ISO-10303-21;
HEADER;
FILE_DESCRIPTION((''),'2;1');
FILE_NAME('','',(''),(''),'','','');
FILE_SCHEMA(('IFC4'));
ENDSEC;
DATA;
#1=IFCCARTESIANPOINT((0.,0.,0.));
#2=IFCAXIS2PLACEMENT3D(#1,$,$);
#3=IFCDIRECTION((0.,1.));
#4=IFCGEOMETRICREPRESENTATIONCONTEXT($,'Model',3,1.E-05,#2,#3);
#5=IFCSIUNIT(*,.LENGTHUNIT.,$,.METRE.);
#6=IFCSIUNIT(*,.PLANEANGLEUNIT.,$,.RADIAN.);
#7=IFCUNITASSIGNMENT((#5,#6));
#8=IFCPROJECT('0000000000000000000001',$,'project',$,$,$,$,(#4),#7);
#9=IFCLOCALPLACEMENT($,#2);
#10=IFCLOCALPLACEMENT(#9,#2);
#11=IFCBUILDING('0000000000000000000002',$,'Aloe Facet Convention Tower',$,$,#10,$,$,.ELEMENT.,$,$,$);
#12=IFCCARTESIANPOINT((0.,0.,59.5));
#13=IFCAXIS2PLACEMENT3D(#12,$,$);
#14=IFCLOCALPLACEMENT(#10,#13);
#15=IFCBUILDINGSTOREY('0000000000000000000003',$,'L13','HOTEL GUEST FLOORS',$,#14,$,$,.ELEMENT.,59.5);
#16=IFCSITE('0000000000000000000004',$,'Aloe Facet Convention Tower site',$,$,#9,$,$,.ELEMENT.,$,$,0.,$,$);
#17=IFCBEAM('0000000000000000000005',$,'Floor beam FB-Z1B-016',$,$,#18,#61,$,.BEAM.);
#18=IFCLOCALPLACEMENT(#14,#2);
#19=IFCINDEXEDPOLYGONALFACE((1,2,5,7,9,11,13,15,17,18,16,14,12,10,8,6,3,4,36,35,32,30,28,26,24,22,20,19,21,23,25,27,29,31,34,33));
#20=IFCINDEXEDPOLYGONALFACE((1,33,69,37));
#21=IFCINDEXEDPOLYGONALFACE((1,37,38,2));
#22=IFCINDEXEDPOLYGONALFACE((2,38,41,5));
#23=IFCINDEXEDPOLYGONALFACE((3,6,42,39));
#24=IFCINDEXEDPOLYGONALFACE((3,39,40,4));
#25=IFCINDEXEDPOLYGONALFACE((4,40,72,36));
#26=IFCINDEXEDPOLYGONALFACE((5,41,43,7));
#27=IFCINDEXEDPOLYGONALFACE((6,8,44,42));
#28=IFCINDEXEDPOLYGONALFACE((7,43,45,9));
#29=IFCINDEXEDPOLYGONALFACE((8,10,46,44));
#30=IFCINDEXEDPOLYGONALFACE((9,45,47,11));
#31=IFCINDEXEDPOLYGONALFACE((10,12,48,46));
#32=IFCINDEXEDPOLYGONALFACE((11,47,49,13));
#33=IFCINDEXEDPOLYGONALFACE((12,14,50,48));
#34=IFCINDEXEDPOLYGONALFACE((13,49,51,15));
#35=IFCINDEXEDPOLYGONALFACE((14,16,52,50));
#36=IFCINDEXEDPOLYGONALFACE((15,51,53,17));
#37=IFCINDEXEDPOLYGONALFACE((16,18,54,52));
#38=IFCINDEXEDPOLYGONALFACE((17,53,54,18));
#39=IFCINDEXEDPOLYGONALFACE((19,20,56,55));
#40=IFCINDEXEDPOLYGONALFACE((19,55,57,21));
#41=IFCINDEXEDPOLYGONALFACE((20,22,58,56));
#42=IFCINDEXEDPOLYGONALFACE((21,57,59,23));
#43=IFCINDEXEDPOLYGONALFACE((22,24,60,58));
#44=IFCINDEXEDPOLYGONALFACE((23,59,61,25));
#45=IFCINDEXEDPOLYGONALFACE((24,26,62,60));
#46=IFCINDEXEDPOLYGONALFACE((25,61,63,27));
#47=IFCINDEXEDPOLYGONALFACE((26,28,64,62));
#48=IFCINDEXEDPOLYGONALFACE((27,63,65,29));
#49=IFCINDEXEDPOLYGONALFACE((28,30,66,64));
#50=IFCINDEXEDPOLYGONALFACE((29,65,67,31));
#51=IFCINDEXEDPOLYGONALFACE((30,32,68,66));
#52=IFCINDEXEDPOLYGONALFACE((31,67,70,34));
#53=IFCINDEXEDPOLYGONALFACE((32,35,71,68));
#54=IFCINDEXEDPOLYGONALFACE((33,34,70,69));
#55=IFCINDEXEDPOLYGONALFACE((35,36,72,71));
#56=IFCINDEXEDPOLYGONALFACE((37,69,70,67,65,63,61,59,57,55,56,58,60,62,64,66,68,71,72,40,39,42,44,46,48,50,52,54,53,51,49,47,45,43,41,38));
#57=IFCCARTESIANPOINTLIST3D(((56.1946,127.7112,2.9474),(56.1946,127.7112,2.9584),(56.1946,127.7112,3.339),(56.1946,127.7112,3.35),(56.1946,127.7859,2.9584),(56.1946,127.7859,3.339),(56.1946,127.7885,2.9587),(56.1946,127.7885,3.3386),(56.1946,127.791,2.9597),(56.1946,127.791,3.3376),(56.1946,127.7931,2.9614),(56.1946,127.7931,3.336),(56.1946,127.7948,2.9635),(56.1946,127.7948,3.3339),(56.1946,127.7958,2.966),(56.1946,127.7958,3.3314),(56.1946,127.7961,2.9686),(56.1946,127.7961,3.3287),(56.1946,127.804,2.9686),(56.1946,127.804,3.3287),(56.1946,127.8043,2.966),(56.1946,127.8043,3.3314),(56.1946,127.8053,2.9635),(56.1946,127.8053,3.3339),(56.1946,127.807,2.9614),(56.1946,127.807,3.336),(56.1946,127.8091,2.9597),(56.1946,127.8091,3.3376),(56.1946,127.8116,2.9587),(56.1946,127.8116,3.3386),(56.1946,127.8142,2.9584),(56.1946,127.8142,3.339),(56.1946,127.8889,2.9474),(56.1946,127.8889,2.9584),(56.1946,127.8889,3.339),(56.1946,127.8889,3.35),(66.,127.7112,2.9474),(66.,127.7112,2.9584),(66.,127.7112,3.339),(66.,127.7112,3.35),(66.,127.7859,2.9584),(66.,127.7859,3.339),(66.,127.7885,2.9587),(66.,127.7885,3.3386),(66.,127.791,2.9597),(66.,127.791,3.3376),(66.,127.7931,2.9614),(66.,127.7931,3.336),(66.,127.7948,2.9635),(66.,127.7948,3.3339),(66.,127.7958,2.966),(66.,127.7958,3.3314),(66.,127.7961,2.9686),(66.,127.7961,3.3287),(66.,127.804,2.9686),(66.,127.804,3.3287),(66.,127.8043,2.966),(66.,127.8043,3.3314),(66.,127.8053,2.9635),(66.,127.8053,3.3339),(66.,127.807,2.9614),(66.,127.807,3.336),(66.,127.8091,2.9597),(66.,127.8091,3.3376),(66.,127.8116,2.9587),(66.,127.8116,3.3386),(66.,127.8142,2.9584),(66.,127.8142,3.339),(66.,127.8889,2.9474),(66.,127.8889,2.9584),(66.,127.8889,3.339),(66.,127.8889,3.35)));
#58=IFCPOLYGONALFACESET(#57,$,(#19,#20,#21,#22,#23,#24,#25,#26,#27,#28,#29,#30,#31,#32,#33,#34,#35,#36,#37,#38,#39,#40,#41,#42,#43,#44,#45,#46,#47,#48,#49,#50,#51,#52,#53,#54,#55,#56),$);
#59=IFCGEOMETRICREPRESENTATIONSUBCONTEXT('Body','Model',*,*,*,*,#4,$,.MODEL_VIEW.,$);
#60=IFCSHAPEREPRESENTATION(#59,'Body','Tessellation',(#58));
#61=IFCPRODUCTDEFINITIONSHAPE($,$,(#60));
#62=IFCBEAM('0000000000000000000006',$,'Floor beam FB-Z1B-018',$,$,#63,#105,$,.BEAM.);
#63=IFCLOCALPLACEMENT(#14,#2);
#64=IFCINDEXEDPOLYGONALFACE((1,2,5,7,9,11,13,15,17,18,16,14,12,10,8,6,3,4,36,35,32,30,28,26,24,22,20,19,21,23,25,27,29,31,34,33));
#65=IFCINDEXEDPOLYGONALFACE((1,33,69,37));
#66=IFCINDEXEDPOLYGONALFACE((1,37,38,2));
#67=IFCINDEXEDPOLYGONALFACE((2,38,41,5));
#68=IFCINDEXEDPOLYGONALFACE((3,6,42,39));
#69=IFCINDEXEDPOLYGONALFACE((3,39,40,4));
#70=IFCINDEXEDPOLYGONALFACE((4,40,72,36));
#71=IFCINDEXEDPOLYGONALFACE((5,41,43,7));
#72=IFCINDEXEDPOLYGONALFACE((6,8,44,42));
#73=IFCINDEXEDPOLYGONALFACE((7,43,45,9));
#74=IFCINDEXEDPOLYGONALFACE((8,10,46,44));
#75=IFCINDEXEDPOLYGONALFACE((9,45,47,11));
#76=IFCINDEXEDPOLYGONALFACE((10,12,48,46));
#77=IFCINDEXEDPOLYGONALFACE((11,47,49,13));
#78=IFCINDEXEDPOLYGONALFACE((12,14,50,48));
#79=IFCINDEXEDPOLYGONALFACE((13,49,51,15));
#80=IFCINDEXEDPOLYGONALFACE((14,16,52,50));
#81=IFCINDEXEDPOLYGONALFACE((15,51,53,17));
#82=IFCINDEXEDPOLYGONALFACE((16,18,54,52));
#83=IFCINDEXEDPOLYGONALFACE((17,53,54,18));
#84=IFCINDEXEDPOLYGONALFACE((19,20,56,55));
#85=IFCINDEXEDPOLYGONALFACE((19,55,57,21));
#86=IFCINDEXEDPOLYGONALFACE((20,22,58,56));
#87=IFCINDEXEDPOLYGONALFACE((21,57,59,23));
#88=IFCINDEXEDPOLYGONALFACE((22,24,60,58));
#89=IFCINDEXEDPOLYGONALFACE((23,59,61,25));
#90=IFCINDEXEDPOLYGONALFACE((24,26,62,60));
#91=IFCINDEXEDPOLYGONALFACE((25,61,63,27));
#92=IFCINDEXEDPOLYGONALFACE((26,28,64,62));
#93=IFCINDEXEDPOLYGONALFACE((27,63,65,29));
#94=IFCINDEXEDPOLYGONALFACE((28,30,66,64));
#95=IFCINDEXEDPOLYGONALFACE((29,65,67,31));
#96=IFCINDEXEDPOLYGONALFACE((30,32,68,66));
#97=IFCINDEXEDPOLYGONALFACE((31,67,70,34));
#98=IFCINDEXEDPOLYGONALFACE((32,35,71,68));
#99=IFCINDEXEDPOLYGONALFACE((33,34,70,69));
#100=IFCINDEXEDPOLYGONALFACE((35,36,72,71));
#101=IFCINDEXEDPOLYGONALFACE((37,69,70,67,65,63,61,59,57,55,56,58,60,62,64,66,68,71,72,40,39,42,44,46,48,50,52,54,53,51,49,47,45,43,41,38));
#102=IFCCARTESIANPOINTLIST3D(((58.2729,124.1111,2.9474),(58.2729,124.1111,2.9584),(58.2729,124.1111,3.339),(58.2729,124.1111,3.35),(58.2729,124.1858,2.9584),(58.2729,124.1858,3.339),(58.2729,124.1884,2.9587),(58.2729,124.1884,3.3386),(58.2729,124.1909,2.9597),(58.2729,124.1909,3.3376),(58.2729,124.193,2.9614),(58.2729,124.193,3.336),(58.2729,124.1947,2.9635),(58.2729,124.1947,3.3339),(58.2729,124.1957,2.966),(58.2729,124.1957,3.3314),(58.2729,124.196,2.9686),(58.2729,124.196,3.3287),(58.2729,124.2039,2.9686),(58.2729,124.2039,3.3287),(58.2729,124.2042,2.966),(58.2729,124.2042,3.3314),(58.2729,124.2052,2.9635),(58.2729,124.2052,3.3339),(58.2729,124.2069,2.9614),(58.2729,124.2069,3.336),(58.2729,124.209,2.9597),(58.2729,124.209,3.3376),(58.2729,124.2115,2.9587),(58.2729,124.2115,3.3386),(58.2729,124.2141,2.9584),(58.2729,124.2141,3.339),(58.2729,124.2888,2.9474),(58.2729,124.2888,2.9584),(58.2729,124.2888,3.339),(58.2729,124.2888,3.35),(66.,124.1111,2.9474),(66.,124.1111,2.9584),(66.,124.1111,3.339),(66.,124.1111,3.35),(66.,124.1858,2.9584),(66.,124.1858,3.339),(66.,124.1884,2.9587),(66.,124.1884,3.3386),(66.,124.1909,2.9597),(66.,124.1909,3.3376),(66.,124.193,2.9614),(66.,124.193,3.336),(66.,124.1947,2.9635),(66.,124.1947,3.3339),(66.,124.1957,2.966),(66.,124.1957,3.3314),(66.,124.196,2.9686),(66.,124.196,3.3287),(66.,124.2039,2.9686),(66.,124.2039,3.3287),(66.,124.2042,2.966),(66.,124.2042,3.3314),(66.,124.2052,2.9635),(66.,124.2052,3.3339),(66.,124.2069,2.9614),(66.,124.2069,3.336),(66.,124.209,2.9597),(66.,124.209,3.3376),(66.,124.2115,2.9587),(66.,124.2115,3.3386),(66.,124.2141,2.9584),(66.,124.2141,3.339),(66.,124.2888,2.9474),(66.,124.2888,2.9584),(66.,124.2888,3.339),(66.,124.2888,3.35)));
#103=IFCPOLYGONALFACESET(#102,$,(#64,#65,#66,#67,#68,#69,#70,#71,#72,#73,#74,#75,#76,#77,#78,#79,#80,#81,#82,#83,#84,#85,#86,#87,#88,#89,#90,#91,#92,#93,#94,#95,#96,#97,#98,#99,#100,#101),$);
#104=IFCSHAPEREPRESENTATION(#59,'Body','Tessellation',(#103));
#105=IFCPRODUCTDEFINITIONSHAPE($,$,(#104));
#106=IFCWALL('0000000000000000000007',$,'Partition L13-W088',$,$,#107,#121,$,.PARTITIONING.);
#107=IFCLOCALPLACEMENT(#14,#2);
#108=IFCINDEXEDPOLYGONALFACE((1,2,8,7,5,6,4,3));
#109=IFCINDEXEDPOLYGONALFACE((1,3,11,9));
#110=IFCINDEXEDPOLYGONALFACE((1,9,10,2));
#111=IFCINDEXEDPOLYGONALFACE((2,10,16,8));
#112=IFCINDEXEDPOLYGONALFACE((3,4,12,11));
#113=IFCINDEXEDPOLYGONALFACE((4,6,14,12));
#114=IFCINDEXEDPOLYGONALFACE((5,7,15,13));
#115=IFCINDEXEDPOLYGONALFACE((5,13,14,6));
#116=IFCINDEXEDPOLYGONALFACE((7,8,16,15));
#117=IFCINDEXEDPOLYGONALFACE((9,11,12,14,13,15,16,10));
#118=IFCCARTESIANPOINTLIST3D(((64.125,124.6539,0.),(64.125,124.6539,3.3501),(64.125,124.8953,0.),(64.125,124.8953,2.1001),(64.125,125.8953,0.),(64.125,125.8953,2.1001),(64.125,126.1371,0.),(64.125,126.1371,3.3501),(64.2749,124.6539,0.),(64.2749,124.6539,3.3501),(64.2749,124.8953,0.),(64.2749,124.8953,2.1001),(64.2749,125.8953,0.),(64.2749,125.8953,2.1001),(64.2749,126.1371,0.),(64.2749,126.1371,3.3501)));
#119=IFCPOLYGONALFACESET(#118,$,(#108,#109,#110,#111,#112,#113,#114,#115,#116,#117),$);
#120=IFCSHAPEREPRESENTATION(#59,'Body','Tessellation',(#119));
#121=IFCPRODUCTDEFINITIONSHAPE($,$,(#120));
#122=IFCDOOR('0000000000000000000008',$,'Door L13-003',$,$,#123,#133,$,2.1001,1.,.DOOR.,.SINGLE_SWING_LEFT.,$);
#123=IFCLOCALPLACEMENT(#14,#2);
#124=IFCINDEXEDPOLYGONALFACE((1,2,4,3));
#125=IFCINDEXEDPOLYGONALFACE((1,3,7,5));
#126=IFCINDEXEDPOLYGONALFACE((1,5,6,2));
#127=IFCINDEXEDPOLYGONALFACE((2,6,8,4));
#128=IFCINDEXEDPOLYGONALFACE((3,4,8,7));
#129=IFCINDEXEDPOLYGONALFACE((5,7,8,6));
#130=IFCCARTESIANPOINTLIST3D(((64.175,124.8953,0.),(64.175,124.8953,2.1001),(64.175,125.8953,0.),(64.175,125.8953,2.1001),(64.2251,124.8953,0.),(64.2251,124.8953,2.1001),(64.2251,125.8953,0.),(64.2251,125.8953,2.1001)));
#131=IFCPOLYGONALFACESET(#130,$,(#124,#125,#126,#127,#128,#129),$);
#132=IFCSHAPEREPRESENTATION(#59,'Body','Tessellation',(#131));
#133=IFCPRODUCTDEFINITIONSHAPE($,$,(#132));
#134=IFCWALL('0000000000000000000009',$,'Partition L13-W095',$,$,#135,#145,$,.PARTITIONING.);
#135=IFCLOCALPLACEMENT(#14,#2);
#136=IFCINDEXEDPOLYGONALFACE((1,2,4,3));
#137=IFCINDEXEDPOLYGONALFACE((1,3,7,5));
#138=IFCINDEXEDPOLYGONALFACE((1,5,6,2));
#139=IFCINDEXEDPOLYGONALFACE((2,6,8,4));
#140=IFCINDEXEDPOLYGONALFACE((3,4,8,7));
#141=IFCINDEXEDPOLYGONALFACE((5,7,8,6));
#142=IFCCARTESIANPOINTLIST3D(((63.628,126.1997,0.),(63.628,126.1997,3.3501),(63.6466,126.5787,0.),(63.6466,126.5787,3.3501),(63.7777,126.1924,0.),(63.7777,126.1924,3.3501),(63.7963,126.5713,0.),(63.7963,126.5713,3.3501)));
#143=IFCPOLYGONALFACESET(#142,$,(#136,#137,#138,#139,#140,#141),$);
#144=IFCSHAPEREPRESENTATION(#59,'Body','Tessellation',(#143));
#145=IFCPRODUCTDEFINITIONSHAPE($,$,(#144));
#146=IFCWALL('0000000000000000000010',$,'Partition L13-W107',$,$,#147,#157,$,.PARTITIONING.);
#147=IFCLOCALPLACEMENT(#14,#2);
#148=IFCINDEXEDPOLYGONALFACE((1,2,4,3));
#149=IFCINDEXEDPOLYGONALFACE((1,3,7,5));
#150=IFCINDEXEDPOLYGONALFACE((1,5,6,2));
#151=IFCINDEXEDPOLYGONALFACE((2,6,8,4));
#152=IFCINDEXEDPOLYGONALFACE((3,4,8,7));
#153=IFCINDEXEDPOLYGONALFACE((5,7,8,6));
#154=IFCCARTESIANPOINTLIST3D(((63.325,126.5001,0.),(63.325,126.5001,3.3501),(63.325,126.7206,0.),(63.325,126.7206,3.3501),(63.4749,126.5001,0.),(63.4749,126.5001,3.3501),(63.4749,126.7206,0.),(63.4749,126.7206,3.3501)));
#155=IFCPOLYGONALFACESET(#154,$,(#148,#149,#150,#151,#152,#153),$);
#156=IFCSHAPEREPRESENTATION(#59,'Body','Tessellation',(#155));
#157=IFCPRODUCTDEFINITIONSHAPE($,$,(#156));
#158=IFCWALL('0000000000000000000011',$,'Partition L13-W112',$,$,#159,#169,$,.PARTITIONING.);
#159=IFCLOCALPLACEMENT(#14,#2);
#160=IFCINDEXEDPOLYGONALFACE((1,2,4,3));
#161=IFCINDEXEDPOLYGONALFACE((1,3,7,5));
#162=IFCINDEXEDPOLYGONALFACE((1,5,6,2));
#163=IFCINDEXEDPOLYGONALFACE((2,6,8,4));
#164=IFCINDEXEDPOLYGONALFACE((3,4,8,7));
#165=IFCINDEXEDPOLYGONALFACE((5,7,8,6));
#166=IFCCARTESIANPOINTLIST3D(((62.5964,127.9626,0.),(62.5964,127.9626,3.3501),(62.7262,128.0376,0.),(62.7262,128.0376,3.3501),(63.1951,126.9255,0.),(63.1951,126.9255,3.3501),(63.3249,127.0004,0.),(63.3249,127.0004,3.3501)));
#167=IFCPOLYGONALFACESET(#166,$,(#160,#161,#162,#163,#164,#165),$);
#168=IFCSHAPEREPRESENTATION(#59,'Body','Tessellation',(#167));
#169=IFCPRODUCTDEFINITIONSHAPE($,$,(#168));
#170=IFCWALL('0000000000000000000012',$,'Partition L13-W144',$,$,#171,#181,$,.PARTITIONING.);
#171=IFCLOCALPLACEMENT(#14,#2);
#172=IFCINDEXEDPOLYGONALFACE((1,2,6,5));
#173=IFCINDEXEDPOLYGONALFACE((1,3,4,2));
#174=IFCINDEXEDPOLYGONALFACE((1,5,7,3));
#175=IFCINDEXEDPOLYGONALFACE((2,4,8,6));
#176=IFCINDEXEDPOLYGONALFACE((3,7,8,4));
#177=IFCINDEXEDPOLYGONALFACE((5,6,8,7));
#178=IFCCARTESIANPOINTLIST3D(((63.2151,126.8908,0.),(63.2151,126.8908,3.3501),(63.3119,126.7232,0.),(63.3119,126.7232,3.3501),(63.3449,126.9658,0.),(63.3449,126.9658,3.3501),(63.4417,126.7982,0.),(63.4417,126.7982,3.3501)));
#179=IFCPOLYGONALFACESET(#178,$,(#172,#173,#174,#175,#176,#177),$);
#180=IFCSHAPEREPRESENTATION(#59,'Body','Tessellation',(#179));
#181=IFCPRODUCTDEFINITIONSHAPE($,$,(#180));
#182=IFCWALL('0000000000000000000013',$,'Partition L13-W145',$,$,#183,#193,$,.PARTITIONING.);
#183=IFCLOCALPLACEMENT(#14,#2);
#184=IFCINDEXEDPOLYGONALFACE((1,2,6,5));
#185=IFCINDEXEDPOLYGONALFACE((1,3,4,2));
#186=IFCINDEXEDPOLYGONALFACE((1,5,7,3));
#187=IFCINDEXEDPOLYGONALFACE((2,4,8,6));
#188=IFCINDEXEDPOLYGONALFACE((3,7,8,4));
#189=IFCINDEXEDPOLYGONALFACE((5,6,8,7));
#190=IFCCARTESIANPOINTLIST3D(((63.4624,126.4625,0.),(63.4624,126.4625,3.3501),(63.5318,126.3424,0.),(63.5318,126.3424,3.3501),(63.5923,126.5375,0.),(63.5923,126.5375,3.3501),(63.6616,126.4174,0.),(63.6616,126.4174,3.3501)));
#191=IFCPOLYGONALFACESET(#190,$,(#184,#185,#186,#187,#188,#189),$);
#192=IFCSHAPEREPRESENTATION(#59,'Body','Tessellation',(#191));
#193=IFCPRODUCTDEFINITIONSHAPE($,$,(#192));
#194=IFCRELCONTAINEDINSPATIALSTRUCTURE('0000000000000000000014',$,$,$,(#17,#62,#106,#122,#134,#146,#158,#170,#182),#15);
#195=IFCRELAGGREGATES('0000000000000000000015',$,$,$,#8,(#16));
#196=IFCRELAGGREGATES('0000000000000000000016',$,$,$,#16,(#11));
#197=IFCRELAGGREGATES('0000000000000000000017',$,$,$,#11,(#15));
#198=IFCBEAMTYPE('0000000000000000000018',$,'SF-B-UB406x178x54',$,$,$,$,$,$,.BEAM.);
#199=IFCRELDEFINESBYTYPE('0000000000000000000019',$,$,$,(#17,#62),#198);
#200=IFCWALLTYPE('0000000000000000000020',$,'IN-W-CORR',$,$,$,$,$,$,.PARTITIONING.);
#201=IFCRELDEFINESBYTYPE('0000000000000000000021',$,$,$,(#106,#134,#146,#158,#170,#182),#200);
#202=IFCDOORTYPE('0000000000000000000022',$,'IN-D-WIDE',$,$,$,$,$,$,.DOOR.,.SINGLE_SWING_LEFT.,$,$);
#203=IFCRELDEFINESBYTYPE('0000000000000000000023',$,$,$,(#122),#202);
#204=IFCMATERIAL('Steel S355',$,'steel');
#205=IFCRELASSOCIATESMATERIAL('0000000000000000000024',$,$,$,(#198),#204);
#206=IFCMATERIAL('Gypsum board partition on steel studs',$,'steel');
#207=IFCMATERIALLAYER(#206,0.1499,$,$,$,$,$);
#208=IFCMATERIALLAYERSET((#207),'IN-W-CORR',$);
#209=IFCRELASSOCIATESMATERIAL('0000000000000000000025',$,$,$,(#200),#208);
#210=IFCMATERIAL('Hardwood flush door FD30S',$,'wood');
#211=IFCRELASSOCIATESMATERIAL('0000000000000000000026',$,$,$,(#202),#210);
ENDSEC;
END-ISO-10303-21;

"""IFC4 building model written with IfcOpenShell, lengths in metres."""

from ifc_helpers import new_model, si_unit, direction, frame, frame_2d, origin, origin_2d, place, context, subcontext, project, spatial, rectangle, i_section, extrude, material, layer, layer_set, material_profile, profile_set, type_object, element, fill, save


model = new_model("IFC4")

# Units and contexts
model_context = context("Model", 3, precision=1e-05, world=origin(), true_north=direction((0.0, 1.0)))
body_context = subcontext(model_context, "Body", "Model", "MODEL_VIEW")
ifc_project = project(units=[si_unit("LENGTHUNIT", "METRE"), si_unit("PLANEANGLEUNIT", "RADIAN")], contexts=[model_context])

# Site, building, storey
site_placement = place(None, origin())
site = spatial("IfcSite", under=ifc_project, at=site_placement, Name="Aloe Facet Convention Tower site", CompositionType="ELEMENT", RefElevation=0.0)
building_placement = place(site_placement, origin())
building = spatial("IfcBuilding", under=site, at=building_placement, Name="Aloe Facet Convention Tower", CompositionType="ELEMENT")
storey_placement = place(building_placement, frame((0.0, 0.0, 59.5)))
storey = spatial("IfcBuildingStorey", under=building, at=storey_placement, Name="L13", Description="HOTEL GUEST FLOORS", CompositionType="ELEMENT", Elevation=59.5)

# Beams
ifc_material_1 = material(Name="Steel S355", Category="steel")
ifc_material_profile = material_profile(ifc_material_1, i_section(OverallWidth=0.1777, OverallDepth=0.4026, WebThickness=0.0078, FlangeThickness=0.011, FilletRadius=0.0103, at=origin_2d()), Name="UB 406x178x54")
ifc_profile_set = profile_set([ifc_material_profile], Name="Steel S355")
beam_type = type_object("IfcBeamType", Name="SF-B-UB406x178x54", PredefinedType="BEAM", material=ifc_profile_set)
beam_1_placement = place(storey_placement, frame((56.1946, 127.8, 3.1487), z_axis=(1.0, 0.0, 0.0), x_axis=(0.0, 1.0, 0.0)))
element("IfcBeam", 1, at=beam_1_placement, inside=storey, type_object=beam_type, Name="Floor beam FB-Z1B-016", PredefinedType="BEAM", context=body_context, shape_type="SweptSolid", body=[
    extrude(i_section(OverallWidth=0.1777, OverallDepth=0.4026, WebThickness=0.0078, FlangeThickness=0.011, FilletRadius=0.0103, at=origin_2d()), origin(), (0.0, 0.0, 1.0), 9.8054),
])
beam_2_placement = place(storey_placement, frame((58.2729, 124.2, 3.1487), z_axis=(1.0, 0.0, 0.0), x_axis=(0.0, 1.0, 0.0)))
element("IfcBeam", 2, at=beam_2_placement, inside=storey, type_object=beam_type, Name="Floor beam FB-Z1B-018", PredefinedType="BEAM", context=body_context, shape_type="SweptSolid", body=[
    extrude(i_section(OverallWidth=0.1777, OverallDepth=0.4026, WebThickness=0.0078, FlangeThickness=0.011, FilletRadius=0.0103, at=origin_2d()), origin(), (0.0, 0.0, 1.0), 7.7271),
])

# Wall, opening, door
ifc_material_2 = material(Name="Gypsum board partition on steel studs", Category="steel")
ifc_layer_1 = layer(ifc_material_2, 0.1499)
ifc_layer_set_1 = layer_set([ifc_layer_1], Name="IN-W-CORR")
wall_type_1 = type_object("IfcWallType", Name="IN-W-CORR", PredefinedType="PARTITIONING", material=ifc_layer_set_1)
wall_1_placement = place(storey_placement, frame((64.2, 124.6538, 0.0), z_axis=(0.0, 0.0, 1.0), x_axis=(0.0, 1.0, 0.0)))
wall_1 = element("IfcWall", 3, at=wall_1_placement, inside=storey, type_object=wall_type_1, Name="Partition L13-W088", PredefinedType="PARTITIONING", context=body_context, shape_type="SweptSolid", body=[
    extrude(rectangle(XDim=1.4832, YDim=0.1499, at=frame_2d((0.7417, 0.0))), origin(), (0.0, 0.0, 1.0), 3.3501),
])
opening_1_placement = place(wall_1_placement, frame((0.2415, 0.0, 0.0)))
opening_1 = element("IfcOpeningElement", 4, at=opening_1_placement, cuts=wall_1, PredefinedType="OPENING", context=body_context, shape_type="SweptSolid", body=[
    extrude(rectangle(XDim=1.0, YDim=2.1001, at=frame_2d((0.5, 1.05))), frame((0.0, 0.085, 0.0), z_axis=(0.0, -1.0, 0.0), x_axis=(1.0, 0.0, 0.0)), (0.0, 0.0, 1.0), 0.1699),
])
ifc_material_3 = material(Name="Hardwood flush door FD30S", Category="wood")
door_type_1 = type_object("IfcDoorType", Name="IN-D-WIDE", OperationType="SINGLE_SWING_LEFT", PredefinedType="DOOR", material=ifc_material_3)
door_1_placement = place(opening_1_placement, origin())
door_1 = element("IfcDoor", 5, at=door_1_placement, inside=storey, type_object=door_type_1, Name="Door L13-003", OperationType="SINGLE_SWING_LEFT", OverallHeight=2.1001, OverallWidth=1.0, PredefinedType="DOOR", context=body_context, shape_type="SweptSolid", body=[
    extrude(rectangle(XDim=1.0, YDim=2.1001, at=frame_2d((0.5, 1.05))), frame((0.0, 0.0249, 0.0), z_axis=(0.0, -1.0, 0.0), x_axis=(1.0, 0.0, 0.0)), (0.0, 0.0, 1.0), 0.05),
])
fill(opening_1, door_1)

# Walls
wall_2_placement = place(storey_placement, frame((63.7029, 126.196, 0.0), z_axis=(0.0, 0.0, 1.0), x_axis=(0.04891, 0.998803, 0.0)))
element("IfcWall", 6, at=wall_2_placement, inside=storey, type_object=wall_type_1, Name="Partition L13-W095", PredefinedType="PARTITIONING", context=body_context, shape_type="SweptSolid", body=[
    extrude(rectangle(XDim=0.3794, YDim=0.1499, at=frame_2d((0.1897, 0.0))), origin(), (0.0, 0.0, 1.0), 3.3501),
])
wall_3_placement = place(storey_placement, frame((63.3999, 126.5, 0.0), z_axis=(0.0, 0.0, 1.0), x_axis=(0.0, 1.0, 0.0)))
element("IfcWall", 7, at=wall_3_placement, inside=storey, type_object=wall_type_1, Name="Partition L13-W107", PredefinedType="PARTITIONING", context=body_context, shape_type="SweptSolid", body=[
    extrude(rectangle(XDim=0.2205, YDim=0.1499, at=frame_2d((0.1104, 0.0))), origin(), (0.0, 0.0, 1.0), 3.3501),
])
wall_4_placement = place(storey_placement, frame((62.6614, 128.0, 0.0), z_axis=(0.0, 0.0, 1.0), x_axis=(0.499911, -0.866077, 0.0)))
element("IfcWall", 8, at=wall_4_placement, inside=storey, type_object=wall_type_1, Name="Partition L13-W112", PredefinedType="PARTITIONING", context=body_context, shape_type="SweptSolid", body=[
    extrude(rectangle(XDim=1.1975, YDim=0.1499, at=frame_2d((0.5986, 0.0))), origin(), (0.0, 0.0, 1.0), 3.3501),
])
wall_5_placement = place(storey_placement, frame((63.28, 126.9282, 0.0), z_axis=(0.0, 0.0, 1.0), x_axis=(0.500341, -0.865829, 0.0)))
element("IfcWall", 9, at=wall_5_placement, inside=storey, type_object=wall_type_1, Name="Partition L13-W144", PredefinedType="PARTITIONING", context=body_context, shape_type="SweptSolid", body=[
    extrude(rectangle(XDim=0.1936, YDim=0.1499, at=frame_2d((0.0967, 0.0))), origin(), (0.0, 0.0, 1.0), 3.3501),
])
wall_6_placement = place(storey_placement, frame((63.5273, 126.5, 0.0), z_axis=(0.0, 0.0, 1.0), x_axis=(0.499926, -0.866068, 0.0)))
element("IfcWall", 10, at=wall_6_placement, inside=storey, type_object=wall_type_1, Name="Partition L13-W145", PredefinedType="PARTITIONING", context=body_context, shape_type="SweptSolid", body=[
    extrude(rectangle(XDim=0.1387, YDim=0.1499, at=frame_2d((0.0693, 0.0))), origin(), (0.0, 0.0, 1.0), 3.3501),
])

save(model, "model.ifc")
